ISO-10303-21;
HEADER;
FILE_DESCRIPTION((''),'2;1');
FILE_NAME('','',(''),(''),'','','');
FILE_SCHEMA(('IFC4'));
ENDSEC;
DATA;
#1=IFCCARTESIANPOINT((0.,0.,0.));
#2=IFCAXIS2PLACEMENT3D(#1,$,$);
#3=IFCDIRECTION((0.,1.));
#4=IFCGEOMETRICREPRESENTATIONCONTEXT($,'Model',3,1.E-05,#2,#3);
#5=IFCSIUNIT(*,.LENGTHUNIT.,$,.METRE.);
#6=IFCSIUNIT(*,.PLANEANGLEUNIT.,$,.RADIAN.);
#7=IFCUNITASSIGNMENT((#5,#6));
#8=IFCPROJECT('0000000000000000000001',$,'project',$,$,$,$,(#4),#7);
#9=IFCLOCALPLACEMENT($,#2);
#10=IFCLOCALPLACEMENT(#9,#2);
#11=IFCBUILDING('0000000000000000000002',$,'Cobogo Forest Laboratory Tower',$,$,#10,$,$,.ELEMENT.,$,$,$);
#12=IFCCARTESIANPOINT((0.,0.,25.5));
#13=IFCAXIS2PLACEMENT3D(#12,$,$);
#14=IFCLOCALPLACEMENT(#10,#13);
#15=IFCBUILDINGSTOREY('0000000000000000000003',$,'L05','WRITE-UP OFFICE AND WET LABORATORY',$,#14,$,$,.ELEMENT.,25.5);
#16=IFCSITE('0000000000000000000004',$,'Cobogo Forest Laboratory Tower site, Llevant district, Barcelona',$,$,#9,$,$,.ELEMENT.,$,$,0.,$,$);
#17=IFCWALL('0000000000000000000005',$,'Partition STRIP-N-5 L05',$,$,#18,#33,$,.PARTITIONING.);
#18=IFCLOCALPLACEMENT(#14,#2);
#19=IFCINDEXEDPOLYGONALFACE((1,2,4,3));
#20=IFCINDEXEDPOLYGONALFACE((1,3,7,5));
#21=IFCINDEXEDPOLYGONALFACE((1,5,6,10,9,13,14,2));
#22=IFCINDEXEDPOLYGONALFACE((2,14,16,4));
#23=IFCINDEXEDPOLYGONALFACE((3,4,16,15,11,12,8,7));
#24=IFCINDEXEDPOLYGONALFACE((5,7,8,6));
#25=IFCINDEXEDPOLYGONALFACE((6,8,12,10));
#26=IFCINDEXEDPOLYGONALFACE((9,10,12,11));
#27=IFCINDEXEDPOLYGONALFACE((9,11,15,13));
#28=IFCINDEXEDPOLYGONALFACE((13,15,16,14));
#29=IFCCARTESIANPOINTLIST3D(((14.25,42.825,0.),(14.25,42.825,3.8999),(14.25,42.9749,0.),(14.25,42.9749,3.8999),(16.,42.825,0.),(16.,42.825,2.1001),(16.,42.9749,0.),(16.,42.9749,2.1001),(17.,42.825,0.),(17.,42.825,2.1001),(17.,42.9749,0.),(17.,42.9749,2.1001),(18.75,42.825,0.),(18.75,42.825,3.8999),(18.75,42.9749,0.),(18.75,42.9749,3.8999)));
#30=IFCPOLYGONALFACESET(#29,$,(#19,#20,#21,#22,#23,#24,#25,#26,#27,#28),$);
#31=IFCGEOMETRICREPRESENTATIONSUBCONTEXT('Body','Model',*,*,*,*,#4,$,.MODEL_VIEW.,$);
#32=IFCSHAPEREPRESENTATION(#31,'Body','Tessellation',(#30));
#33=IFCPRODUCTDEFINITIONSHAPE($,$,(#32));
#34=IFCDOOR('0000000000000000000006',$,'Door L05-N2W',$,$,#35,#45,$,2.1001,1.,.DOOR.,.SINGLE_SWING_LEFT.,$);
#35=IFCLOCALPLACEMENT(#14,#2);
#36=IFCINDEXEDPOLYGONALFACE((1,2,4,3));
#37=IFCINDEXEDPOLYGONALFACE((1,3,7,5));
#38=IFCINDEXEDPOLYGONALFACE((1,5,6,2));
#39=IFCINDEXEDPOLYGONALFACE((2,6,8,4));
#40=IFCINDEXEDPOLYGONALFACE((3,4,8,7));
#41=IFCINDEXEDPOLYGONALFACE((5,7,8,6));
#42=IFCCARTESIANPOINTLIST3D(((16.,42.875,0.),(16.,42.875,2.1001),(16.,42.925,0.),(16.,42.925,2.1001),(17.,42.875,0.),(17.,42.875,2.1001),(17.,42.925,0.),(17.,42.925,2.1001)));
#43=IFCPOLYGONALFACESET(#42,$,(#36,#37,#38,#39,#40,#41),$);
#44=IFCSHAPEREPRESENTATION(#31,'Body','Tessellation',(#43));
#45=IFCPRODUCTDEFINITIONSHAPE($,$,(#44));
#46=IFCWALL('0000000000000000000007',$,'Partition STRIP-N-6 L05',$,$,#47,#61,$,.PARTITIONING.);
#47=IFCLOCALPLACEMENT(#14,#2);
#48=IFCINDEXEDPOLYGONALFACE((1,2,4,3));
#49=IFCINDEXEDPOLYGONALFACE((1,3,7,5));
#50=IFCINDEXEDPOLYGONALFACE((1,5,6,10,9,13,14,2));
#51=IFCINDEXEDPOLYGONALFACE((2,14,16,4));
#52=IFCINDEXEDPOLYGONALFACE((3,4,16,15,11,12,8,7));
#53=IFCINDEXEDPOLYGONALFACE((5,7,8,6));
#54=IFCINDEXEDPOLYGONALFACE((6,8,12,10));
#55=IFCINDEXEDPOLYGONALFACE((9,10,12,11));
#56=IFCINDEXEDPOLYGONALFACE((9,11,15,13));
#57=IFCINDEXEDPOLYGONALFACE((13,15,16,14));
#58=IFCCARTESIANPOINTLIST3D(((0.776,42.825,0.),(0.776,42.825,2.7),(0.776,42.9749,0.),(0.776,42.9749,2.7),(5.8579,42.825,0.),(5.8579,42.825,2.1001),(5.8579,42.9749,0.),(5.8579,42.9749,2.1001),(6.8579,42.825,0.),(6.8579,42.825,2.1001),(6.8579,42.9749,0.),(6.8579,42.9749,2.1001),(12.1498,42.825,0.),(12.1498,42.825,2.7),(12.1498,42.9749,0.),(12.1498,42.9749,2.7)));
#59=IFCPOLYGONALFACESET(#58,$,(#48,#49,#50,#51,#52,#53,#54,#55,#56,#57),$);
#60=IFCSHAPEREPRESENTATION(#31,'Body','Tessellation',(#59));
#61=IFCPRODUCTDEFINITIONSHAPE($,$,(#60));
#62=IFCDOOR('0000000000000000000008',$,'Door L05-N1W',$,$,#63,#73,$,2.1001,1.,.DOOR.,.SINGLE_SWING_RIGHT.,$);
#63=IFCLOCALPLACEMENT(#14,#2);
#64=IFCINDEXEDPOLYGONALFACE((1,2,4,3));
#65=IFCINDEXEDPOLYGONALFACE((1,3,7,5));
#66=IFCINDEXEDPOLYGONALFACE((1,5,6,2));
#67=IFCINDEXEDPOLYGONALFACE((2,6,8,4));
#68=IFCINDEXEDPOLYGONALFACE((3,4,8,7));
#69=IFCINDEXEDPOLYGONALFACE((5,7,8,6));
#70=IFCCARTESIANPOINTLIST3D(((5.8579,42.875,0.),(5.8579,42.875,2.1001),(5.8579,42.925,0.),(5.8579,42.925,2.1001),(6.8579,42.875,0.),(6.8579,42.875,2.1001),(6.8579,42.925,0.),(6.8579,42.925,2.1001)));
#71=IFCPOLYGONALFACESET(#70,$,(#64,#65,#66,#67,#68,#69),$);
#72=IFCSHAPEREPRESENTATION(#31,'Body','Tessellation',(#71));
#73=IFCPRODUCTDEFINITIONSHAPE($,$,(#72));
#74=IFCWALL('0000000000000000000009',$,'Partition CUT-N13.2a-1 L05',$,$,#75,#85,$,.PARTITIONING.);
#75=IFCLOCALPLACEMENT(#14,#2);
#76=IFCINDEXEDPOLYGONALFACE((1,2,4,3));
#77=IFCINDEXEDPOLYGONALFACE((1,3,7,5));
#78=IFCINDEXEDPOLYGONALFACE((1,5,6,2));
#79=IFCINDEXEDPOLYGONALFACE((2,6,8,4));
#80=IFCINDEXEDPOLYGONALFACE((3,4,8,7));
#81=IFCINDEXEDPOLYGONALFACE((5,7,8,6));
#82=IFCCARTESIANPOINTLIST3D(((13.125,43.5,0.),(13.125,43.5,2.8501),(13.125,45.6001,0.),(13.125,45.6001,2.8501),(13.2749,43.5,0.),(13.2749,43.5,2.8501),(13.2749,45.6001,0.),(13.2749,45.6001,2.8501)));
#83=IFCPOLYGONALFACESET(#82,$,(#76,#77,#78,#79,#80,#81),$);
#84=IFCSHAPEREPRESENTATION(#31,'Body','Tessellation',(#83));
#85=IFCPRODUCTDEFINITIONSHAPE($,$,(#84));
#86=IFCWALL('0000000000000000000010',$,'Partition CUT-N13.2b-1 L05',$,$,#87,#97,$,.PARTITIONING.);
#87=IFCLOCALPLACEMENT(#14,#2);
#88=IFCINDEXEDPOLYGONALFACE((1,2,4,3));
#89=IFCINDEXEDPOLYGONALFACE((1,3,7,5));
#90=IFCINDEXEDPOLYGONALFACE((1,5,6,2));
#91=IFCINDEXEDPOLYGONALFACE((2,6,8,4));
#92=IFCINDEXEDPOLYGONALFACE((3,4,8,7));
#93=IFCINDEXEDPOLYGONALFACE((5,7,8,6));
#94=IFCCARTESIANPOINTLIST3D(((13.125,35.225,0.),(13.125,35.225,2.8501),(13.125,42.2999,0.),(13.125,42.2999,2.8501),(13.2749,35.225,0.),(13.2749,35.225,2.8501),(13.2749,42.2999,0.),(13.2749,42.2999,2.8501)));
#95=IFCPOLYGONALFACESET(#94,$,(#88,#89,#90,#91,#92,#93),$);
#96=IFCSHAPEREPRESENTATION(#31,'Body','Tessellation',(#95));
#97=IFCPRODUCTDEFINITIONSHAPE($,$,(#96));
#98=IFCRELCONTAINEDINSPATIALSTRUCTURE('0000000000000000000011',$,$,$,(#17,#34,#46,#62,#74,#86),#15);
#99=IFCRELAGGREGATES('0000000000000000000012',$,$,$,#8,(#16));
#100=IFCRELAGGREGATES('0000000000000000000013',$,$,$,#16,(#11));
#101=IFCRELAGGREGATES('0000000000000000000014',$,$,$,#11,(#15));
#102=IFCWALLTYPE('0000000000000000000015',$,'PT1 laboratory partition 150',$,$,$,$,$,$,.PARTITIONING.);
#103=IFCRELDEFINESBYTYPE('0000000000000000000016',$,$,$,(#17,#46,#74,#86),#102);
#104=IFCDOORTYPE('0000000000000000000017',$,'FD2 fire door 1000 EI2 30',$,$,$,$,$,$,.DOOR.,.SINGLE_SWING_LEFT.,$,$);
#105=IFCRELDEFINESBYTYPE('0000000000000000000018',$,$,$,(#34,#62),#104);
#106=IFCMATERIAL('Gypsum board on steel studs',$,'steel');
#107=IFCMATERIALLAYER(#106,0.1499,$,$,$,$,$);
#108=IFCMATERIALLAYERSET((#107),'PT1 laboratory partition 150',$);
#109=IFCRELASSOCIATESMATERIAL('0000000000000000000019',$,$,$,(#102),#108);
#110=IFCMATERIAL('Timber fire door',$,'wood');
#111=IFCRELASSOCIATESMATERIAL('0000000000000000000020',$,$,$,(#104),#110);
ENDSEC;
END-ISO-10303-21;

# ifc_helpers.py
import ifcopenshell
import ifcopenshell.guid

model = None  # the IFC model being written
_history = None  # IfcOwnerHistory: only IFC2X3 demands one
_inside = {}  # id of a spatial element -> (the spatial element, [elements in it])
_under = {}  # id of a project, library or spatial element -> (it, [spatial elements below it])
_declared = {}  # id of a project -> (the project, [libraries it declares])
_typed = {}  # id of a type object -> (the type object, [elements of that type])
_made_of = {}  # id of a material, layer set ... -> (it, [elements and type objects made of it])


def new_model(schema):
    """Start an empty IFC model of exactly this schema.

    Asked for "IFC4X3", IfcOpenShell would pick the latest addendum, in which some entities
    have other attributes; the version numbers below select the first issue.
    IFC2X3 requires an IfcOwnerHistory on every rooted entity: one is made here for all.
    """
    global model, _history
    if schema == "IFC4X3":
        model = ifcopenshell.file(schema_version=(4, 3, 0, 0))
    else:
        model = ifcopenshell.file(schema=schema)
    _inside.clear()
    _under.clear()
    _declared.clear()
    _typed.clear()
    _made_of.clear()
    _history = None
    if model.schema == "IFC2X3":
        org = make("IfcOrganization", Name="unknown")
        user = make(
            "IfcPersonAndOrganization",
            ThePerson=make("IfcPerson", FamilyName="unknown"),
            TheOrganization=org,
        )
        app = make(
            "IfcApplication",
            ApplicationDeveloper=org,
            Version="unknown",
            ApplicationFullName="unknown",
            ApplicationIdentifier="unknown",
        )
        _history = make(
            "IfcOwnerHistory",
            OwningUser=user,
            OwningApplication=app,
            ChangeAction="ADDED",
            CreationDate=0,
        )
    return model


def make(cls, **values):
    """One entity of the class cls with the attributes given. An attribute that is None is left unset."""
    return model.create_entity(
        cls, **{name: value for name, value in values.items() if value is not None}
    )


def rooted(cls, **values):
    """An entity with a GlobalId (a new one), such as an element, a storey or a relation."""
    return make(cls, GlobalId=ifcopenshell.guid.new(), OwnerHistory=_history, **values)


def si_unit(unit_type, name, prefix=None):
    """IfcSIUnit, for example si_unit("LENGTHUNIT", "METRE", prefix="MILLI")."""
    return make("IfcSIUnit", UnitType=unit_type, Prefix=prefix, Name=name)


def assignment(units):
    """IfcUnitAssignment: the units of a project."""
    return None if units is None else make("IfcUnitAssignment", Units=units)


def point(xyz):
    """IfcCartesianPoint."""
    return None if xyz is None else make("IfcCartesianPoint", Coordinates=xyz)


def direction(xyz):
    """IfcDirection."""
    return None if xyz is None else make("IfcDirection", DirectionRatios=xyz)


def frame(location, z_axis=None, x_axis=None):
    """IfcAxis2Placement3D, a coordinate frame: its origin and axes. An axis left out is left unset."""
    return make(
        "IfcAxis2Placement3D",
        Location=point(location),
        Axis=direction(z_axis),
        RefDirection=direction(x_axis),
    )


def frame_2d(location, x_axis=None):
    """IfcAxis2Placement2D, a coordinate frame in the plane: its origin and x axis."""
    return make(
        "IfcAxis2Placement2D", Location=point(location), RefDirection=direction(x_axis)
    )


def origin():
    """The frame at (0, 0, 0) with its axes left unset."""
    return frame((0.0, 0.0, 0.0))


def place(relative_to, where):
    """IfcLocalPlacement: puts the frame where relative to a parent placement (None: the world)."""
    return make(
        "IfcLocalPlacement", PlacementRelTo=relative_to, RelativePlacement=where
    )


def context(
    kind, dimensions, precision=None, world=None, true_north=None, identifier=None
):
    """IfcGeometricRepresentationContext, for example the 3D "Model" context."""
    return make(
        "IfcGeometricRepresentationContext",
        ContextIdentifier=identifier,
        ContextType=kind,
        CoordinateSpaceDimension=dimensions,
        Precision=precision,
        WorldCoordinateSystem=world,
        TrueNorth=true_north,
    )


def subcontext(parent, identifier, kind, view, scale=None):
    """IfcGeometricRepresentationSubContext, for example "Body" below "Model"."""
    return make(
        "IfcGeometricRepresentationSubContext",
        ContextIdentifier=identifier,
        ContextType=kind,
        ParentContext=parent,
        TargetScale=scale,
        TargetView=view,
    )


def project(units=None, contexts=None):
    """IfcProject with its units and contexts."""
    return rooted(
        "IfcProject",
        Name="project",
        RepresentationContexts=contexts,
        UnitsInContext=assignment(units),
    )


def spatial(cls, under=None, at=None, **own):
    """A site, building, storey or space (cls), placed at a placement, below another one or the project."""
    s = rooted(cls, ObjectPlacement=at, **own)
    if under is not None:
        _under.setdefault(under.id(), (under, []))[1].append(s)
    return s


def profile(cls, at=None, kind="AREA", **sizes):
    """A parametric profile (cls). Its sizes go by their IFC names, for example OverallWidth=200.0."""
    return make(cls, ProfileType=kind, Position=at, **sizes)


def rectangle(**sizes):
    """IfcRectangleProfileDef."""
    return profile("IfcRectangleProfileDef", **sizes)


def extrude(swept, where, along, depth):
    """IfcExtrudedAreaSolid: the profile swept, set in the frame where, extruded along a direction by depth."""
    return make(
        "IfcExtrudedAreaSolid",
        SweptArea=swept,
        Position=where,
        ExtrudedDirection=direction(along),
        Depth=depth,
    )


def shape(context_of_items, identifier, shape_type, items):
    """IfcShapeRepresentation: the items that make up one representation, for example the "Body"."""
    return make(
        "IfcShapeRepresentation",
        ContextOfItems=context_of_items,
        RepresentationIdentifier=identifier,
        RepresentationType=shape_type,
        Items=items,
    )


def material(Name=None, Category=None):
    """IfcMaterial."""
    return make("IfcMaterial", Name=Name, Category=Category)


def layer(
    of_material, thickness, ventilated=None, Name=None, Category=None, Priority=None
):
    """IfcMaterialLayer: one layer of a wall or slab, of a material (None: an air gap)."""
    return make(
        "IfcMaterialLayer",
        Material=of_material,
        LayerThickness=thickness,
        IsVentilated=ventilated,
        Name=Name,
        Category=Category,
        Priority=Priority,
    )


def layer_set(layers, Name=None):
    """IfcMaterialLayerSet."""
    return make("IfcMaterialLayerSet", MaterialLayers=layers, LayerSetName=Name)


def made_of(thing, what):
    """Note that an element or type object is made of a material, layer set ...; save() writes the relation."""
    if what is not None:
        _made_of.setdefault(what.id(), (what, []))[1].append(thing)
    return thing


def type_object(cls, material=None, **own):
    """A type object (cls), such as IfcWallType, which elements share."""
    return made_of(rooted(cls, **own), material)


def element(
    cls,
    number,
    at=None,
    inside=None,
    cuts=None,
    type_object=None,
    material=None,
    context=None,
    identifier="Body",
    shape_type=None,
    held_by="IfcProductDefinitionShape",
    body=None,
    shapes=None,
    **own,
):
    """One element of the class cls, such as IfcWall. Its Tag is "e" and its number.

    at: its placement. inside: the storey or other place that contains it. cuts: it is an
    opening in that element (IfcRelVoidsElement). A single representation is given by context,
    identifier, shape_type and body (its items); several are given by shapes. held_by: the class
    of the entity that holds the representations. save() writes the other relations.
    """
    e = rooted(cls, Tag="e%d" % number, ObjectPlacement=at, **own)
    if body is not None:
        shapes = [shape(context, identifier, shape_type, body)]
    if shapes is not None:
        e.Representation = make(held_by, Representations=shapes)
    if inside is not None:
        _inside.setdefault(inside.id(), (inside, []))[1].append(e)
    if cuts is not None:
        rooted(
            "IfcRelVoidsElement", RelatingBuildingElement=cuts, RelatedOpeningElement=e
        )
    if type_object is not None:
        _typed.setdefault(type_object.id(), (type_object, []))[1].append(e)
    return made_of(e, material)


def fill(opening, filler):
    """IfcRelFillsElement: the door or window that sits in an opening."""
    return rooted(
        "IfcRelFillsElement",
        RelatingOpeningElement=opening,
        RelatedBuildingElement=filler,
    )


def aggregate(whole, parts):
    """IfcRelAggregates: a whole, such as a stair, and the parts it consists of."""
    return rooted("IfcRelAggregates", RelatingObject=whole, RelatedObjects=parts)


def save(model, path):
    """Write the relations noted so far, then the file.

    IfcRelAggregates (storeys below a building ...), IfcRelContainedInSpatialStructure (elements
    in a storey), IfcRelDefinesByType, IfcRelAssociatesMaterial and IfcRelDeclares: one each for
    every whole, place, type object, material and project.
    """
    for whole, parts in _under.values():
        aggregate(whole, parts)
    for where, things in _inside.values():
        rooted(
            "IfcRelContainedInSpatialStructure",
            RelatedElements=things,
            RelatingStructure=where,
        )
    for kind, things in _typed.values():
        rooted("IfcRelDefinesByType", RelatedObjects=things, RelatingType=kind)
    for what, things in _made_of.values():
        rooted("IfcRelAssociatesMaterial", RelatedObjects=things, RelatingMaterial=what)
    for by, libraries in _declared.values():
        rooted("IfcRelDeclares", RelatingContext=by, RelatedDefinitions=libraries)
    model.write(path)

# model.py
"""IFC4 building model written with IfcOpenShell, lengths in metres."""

from ifc_helpers import new_model, si_unit, direction, frame, frame_2d, origin, place, context, subcontext, project, spatial, rectangle, extrude, material, layer, layer_set, type_object, element, fill, save


model = new_model("IFC4")

# Units and contexts
model_context = context("Model", 3, precision=1e-05, world=origin(), true_north=direction((0.0, 1.0)))
body_context = subcontext(model_context, "Body", "Model", "MODEL_VIEW")
ifc_project = project(units=[si_unit("LENGTHUNIT", "METRE"), si_unit("PLANEANGLEUNIT", "RADIAN")], contexts=[model_context])

# Site, building, storey
site_placement = place(None, origin())
site = spatial("IfcSite", under=ifc_project, at=site_placement, Name="Cobogo Forest Laboratory Tower site, Llevant district, Barcelona", CompositionType="ELEMENT", RefElevation=0.0)
building_placement = place(site_placement, origin())
building = spatial("IfcBuilding", under=site, at=building_placement, Name="Cobogo Forest Laboratory Tower", CompositionType="ELEMENT")
storey_placement = place(building_placement, frame((0.0, 0.0, 25.5)))
storey = spatial("IfcBuildingStorey", under=building, at=storey_placement, Name="L05", Description="WRITE-UP OFFICE AND WET LABORATORY", CompositionType="ELEMENT", Elevation=25.5)

# Walls, openings, doors
ifc_material_1 = material(Name="Gypsum board on steel studs", Category="steel")
ifc_layer_1 = layer(ifc_material_1, 0.1499)
ifc_layer_set_1 = layer_set([ifc_layer_1], Name="PT1 laboratory partition 150")
wall_type = type_object("IfcWallType", Name="PT1 laboratory partition 150", PredefinedType="PARTITIONING", material=ifc_layer_set_1)
wall_1_placement = place(storey_placement, frame((18.75, 42.8999, 0.0), z_axis=(0.0, 0.0, 1.0), x_axis=(-1.0, 0.0, 0.0)))
wall_1 = element("IfcWall", 1, at=wall_1_placement, inside=storey, type_object=wall_type, Name="Partition STRIP-N-5 L05", PredefinedType="PARTITIONING", context=body_context, shape_type="SweptSolid", body=[
    extrude(rectangle(XDim=4.5, YDim=0.1499, at=frame_2d((2.25, 0.0))), origin(), (0.0, 0.0, 1.0), 3.8999),
])
opening_1_placement = place(wall_1_placement, frame((1.75, 0.0, 0.0)))
opening_1 = element("IfcOpeningElement", 2, at=opening_1_placement, cuts=wall_1, PredefinedType="OPENING", context=body_context, shape_type="SweptSolid", body=[
    extrude(rectangle(XDim=1.0, YDim=2.1001, at=frame_2d((0.5, 1.05))), frame((0.0, 0.085, 0.0), z_axis=(0.0, -1.0, 0.0), x_axis=(1.0, 0.0, 0.0)), (0.0, 0.0, 1.0), 0.1699),
])
ifc_material_2 = material(Name="Timber fire door", Category="wood")
door_type = type_object("IfcDoorType", Name="FD2 fire door 1000 EI2 30", OperationType="SINGLE_SWING_LEFT", PredefinedType="DOOR", material=ifc_material_2)
door_1_placement = place(opening_1_placement, origin())
door_1 = element("IfcDoor", 3, at=door_1_placement, inside=storey, type_object=door_type, Name="Door L05-N2W", OperationType="SINGLE_SWING_LEFT", OverallHeight=2.1001, OverallWidth=1.0, PredefinedType="DOOR", context=body_context, shape_type="SweptSolid", body=[
    extrude(rectangle(XDim=1.0, YDim=2.1001, at=frame_2d((0.5, 1.05))), frame((0.0, 0.0249, 0.0), z_axis=(0.0, -1.0, 0.0), x_axis=(1.0, 0.0, 0.0)), (0.0, 0.0, 1.0), 0.05),
])
fill(opening_1, door_1)
wall_2_placement = place(storey_placement, frame((12.1499, 42.8999, 0.0), z_axis=(0.0, 0.0, 1.0), x_axis=(-1.0, 0.0, 0.0)))
wall_2 = element("IfcWall", 4, at=wall_2_placement, inside=storey, type_object=wall_type, Name="Partition STRIP-N-6 L05", PredefinedType="PARTITIONING", context=body_context, shape_type="SweptSolid", body=[
    extrude(rectangle(XDim=11.3738, YDim=0.1499, at=frame_2d((5.687, 0.0))), origin(), (0.0, 0.0, 1.0), 2.7),
])
opening_2_placement = place(wall_2_placement, frame((5.292, 0.0, 0.0)))
opening_2 = element("IfcOpeningElement", 5, at=opening_2_placement, cuts=wall_2, PredefinedType="OPENING", context=body_context, shape_type="SweptSolid", body=[
    extrude(rectangle(XDim=1.0, YDim=2.1001, at=frame_2d((0.5, 1.05))), frame((0.0, 0.085, 0.0), z_axis=(0.0, -1.0, 0.0), x_axis=(1.0, 0.0, 0.0)), (0.0, 0.0, 1.0), 0.1699),
])
door_2_placement = place(opening_2_placement, origin())
door_2 = element("IfcDoor", 6, at=door_2_placement, inside=storey, type_object=door_type, Name="Door L05-N1W", OperationType="SINGLE_SWING_RIGHT", OverallHeight=2.1001, OverallWidth=1.0, PredefinedType="DOOR", context=body_context, shape_type="SweptSolid", body=[
    extrude(rectangle(XDim=1.0, YDim=2.1001, at=frame_2d((0.5, 1.05))), frame((0.0, 0.0249, 0.0), z_axis=(0.0, -1.0, 0.0), x_axis=(1.0, 0.0, 0.0)), (0.0, 0.0, 1.0), 0.05),
])
fill(opening_2, door_2)

# Walls
wall_3_placement = place(storey_placement, frame((13.2, 45.6001, 0.0), z_axis=(0.0, 0.0, 1.0), x_axis=(0.0, -1.0, 0.0)))
element("IfcWall", 7, at=wall_3_placement, inside=storey, type_object=wall_type, Name="Partition CUT-N13.2a-1 L05", PredefinedType="PARTITIONING", context=body_context, shape_type="SweptSolid", body=[
    extrude(rectangle(XDim=2.1001, YDim=0.1499, at=frame_2d((1.05, 0.0))), origin(), (0.0, 0.0, 1.0), 2.8501),
])
wall_4_placement = place(storey_placement, frame((13.2, 42.3, 0.0), z_axis=(0.0, 0.0, 1.0), x_axis=(0.0, -1.0, 0.0)))
element("IfcWall", 8, at=wall_4_placement, inside=storey, type_object=wall_type, Name="Partition CUT-N13.2b-1 L05", PredefinedType="PARTITIONING", context=body_context, shape_type="SweptSolid", body=[
    extrude(rectangle(XDim=7.075, YDim=0.1499, at=frame_2d((3.5376, 0.0))), origin(), (0.0, 0.0, 1.0), 2.8501),
])

save(model, "model.ifc")
